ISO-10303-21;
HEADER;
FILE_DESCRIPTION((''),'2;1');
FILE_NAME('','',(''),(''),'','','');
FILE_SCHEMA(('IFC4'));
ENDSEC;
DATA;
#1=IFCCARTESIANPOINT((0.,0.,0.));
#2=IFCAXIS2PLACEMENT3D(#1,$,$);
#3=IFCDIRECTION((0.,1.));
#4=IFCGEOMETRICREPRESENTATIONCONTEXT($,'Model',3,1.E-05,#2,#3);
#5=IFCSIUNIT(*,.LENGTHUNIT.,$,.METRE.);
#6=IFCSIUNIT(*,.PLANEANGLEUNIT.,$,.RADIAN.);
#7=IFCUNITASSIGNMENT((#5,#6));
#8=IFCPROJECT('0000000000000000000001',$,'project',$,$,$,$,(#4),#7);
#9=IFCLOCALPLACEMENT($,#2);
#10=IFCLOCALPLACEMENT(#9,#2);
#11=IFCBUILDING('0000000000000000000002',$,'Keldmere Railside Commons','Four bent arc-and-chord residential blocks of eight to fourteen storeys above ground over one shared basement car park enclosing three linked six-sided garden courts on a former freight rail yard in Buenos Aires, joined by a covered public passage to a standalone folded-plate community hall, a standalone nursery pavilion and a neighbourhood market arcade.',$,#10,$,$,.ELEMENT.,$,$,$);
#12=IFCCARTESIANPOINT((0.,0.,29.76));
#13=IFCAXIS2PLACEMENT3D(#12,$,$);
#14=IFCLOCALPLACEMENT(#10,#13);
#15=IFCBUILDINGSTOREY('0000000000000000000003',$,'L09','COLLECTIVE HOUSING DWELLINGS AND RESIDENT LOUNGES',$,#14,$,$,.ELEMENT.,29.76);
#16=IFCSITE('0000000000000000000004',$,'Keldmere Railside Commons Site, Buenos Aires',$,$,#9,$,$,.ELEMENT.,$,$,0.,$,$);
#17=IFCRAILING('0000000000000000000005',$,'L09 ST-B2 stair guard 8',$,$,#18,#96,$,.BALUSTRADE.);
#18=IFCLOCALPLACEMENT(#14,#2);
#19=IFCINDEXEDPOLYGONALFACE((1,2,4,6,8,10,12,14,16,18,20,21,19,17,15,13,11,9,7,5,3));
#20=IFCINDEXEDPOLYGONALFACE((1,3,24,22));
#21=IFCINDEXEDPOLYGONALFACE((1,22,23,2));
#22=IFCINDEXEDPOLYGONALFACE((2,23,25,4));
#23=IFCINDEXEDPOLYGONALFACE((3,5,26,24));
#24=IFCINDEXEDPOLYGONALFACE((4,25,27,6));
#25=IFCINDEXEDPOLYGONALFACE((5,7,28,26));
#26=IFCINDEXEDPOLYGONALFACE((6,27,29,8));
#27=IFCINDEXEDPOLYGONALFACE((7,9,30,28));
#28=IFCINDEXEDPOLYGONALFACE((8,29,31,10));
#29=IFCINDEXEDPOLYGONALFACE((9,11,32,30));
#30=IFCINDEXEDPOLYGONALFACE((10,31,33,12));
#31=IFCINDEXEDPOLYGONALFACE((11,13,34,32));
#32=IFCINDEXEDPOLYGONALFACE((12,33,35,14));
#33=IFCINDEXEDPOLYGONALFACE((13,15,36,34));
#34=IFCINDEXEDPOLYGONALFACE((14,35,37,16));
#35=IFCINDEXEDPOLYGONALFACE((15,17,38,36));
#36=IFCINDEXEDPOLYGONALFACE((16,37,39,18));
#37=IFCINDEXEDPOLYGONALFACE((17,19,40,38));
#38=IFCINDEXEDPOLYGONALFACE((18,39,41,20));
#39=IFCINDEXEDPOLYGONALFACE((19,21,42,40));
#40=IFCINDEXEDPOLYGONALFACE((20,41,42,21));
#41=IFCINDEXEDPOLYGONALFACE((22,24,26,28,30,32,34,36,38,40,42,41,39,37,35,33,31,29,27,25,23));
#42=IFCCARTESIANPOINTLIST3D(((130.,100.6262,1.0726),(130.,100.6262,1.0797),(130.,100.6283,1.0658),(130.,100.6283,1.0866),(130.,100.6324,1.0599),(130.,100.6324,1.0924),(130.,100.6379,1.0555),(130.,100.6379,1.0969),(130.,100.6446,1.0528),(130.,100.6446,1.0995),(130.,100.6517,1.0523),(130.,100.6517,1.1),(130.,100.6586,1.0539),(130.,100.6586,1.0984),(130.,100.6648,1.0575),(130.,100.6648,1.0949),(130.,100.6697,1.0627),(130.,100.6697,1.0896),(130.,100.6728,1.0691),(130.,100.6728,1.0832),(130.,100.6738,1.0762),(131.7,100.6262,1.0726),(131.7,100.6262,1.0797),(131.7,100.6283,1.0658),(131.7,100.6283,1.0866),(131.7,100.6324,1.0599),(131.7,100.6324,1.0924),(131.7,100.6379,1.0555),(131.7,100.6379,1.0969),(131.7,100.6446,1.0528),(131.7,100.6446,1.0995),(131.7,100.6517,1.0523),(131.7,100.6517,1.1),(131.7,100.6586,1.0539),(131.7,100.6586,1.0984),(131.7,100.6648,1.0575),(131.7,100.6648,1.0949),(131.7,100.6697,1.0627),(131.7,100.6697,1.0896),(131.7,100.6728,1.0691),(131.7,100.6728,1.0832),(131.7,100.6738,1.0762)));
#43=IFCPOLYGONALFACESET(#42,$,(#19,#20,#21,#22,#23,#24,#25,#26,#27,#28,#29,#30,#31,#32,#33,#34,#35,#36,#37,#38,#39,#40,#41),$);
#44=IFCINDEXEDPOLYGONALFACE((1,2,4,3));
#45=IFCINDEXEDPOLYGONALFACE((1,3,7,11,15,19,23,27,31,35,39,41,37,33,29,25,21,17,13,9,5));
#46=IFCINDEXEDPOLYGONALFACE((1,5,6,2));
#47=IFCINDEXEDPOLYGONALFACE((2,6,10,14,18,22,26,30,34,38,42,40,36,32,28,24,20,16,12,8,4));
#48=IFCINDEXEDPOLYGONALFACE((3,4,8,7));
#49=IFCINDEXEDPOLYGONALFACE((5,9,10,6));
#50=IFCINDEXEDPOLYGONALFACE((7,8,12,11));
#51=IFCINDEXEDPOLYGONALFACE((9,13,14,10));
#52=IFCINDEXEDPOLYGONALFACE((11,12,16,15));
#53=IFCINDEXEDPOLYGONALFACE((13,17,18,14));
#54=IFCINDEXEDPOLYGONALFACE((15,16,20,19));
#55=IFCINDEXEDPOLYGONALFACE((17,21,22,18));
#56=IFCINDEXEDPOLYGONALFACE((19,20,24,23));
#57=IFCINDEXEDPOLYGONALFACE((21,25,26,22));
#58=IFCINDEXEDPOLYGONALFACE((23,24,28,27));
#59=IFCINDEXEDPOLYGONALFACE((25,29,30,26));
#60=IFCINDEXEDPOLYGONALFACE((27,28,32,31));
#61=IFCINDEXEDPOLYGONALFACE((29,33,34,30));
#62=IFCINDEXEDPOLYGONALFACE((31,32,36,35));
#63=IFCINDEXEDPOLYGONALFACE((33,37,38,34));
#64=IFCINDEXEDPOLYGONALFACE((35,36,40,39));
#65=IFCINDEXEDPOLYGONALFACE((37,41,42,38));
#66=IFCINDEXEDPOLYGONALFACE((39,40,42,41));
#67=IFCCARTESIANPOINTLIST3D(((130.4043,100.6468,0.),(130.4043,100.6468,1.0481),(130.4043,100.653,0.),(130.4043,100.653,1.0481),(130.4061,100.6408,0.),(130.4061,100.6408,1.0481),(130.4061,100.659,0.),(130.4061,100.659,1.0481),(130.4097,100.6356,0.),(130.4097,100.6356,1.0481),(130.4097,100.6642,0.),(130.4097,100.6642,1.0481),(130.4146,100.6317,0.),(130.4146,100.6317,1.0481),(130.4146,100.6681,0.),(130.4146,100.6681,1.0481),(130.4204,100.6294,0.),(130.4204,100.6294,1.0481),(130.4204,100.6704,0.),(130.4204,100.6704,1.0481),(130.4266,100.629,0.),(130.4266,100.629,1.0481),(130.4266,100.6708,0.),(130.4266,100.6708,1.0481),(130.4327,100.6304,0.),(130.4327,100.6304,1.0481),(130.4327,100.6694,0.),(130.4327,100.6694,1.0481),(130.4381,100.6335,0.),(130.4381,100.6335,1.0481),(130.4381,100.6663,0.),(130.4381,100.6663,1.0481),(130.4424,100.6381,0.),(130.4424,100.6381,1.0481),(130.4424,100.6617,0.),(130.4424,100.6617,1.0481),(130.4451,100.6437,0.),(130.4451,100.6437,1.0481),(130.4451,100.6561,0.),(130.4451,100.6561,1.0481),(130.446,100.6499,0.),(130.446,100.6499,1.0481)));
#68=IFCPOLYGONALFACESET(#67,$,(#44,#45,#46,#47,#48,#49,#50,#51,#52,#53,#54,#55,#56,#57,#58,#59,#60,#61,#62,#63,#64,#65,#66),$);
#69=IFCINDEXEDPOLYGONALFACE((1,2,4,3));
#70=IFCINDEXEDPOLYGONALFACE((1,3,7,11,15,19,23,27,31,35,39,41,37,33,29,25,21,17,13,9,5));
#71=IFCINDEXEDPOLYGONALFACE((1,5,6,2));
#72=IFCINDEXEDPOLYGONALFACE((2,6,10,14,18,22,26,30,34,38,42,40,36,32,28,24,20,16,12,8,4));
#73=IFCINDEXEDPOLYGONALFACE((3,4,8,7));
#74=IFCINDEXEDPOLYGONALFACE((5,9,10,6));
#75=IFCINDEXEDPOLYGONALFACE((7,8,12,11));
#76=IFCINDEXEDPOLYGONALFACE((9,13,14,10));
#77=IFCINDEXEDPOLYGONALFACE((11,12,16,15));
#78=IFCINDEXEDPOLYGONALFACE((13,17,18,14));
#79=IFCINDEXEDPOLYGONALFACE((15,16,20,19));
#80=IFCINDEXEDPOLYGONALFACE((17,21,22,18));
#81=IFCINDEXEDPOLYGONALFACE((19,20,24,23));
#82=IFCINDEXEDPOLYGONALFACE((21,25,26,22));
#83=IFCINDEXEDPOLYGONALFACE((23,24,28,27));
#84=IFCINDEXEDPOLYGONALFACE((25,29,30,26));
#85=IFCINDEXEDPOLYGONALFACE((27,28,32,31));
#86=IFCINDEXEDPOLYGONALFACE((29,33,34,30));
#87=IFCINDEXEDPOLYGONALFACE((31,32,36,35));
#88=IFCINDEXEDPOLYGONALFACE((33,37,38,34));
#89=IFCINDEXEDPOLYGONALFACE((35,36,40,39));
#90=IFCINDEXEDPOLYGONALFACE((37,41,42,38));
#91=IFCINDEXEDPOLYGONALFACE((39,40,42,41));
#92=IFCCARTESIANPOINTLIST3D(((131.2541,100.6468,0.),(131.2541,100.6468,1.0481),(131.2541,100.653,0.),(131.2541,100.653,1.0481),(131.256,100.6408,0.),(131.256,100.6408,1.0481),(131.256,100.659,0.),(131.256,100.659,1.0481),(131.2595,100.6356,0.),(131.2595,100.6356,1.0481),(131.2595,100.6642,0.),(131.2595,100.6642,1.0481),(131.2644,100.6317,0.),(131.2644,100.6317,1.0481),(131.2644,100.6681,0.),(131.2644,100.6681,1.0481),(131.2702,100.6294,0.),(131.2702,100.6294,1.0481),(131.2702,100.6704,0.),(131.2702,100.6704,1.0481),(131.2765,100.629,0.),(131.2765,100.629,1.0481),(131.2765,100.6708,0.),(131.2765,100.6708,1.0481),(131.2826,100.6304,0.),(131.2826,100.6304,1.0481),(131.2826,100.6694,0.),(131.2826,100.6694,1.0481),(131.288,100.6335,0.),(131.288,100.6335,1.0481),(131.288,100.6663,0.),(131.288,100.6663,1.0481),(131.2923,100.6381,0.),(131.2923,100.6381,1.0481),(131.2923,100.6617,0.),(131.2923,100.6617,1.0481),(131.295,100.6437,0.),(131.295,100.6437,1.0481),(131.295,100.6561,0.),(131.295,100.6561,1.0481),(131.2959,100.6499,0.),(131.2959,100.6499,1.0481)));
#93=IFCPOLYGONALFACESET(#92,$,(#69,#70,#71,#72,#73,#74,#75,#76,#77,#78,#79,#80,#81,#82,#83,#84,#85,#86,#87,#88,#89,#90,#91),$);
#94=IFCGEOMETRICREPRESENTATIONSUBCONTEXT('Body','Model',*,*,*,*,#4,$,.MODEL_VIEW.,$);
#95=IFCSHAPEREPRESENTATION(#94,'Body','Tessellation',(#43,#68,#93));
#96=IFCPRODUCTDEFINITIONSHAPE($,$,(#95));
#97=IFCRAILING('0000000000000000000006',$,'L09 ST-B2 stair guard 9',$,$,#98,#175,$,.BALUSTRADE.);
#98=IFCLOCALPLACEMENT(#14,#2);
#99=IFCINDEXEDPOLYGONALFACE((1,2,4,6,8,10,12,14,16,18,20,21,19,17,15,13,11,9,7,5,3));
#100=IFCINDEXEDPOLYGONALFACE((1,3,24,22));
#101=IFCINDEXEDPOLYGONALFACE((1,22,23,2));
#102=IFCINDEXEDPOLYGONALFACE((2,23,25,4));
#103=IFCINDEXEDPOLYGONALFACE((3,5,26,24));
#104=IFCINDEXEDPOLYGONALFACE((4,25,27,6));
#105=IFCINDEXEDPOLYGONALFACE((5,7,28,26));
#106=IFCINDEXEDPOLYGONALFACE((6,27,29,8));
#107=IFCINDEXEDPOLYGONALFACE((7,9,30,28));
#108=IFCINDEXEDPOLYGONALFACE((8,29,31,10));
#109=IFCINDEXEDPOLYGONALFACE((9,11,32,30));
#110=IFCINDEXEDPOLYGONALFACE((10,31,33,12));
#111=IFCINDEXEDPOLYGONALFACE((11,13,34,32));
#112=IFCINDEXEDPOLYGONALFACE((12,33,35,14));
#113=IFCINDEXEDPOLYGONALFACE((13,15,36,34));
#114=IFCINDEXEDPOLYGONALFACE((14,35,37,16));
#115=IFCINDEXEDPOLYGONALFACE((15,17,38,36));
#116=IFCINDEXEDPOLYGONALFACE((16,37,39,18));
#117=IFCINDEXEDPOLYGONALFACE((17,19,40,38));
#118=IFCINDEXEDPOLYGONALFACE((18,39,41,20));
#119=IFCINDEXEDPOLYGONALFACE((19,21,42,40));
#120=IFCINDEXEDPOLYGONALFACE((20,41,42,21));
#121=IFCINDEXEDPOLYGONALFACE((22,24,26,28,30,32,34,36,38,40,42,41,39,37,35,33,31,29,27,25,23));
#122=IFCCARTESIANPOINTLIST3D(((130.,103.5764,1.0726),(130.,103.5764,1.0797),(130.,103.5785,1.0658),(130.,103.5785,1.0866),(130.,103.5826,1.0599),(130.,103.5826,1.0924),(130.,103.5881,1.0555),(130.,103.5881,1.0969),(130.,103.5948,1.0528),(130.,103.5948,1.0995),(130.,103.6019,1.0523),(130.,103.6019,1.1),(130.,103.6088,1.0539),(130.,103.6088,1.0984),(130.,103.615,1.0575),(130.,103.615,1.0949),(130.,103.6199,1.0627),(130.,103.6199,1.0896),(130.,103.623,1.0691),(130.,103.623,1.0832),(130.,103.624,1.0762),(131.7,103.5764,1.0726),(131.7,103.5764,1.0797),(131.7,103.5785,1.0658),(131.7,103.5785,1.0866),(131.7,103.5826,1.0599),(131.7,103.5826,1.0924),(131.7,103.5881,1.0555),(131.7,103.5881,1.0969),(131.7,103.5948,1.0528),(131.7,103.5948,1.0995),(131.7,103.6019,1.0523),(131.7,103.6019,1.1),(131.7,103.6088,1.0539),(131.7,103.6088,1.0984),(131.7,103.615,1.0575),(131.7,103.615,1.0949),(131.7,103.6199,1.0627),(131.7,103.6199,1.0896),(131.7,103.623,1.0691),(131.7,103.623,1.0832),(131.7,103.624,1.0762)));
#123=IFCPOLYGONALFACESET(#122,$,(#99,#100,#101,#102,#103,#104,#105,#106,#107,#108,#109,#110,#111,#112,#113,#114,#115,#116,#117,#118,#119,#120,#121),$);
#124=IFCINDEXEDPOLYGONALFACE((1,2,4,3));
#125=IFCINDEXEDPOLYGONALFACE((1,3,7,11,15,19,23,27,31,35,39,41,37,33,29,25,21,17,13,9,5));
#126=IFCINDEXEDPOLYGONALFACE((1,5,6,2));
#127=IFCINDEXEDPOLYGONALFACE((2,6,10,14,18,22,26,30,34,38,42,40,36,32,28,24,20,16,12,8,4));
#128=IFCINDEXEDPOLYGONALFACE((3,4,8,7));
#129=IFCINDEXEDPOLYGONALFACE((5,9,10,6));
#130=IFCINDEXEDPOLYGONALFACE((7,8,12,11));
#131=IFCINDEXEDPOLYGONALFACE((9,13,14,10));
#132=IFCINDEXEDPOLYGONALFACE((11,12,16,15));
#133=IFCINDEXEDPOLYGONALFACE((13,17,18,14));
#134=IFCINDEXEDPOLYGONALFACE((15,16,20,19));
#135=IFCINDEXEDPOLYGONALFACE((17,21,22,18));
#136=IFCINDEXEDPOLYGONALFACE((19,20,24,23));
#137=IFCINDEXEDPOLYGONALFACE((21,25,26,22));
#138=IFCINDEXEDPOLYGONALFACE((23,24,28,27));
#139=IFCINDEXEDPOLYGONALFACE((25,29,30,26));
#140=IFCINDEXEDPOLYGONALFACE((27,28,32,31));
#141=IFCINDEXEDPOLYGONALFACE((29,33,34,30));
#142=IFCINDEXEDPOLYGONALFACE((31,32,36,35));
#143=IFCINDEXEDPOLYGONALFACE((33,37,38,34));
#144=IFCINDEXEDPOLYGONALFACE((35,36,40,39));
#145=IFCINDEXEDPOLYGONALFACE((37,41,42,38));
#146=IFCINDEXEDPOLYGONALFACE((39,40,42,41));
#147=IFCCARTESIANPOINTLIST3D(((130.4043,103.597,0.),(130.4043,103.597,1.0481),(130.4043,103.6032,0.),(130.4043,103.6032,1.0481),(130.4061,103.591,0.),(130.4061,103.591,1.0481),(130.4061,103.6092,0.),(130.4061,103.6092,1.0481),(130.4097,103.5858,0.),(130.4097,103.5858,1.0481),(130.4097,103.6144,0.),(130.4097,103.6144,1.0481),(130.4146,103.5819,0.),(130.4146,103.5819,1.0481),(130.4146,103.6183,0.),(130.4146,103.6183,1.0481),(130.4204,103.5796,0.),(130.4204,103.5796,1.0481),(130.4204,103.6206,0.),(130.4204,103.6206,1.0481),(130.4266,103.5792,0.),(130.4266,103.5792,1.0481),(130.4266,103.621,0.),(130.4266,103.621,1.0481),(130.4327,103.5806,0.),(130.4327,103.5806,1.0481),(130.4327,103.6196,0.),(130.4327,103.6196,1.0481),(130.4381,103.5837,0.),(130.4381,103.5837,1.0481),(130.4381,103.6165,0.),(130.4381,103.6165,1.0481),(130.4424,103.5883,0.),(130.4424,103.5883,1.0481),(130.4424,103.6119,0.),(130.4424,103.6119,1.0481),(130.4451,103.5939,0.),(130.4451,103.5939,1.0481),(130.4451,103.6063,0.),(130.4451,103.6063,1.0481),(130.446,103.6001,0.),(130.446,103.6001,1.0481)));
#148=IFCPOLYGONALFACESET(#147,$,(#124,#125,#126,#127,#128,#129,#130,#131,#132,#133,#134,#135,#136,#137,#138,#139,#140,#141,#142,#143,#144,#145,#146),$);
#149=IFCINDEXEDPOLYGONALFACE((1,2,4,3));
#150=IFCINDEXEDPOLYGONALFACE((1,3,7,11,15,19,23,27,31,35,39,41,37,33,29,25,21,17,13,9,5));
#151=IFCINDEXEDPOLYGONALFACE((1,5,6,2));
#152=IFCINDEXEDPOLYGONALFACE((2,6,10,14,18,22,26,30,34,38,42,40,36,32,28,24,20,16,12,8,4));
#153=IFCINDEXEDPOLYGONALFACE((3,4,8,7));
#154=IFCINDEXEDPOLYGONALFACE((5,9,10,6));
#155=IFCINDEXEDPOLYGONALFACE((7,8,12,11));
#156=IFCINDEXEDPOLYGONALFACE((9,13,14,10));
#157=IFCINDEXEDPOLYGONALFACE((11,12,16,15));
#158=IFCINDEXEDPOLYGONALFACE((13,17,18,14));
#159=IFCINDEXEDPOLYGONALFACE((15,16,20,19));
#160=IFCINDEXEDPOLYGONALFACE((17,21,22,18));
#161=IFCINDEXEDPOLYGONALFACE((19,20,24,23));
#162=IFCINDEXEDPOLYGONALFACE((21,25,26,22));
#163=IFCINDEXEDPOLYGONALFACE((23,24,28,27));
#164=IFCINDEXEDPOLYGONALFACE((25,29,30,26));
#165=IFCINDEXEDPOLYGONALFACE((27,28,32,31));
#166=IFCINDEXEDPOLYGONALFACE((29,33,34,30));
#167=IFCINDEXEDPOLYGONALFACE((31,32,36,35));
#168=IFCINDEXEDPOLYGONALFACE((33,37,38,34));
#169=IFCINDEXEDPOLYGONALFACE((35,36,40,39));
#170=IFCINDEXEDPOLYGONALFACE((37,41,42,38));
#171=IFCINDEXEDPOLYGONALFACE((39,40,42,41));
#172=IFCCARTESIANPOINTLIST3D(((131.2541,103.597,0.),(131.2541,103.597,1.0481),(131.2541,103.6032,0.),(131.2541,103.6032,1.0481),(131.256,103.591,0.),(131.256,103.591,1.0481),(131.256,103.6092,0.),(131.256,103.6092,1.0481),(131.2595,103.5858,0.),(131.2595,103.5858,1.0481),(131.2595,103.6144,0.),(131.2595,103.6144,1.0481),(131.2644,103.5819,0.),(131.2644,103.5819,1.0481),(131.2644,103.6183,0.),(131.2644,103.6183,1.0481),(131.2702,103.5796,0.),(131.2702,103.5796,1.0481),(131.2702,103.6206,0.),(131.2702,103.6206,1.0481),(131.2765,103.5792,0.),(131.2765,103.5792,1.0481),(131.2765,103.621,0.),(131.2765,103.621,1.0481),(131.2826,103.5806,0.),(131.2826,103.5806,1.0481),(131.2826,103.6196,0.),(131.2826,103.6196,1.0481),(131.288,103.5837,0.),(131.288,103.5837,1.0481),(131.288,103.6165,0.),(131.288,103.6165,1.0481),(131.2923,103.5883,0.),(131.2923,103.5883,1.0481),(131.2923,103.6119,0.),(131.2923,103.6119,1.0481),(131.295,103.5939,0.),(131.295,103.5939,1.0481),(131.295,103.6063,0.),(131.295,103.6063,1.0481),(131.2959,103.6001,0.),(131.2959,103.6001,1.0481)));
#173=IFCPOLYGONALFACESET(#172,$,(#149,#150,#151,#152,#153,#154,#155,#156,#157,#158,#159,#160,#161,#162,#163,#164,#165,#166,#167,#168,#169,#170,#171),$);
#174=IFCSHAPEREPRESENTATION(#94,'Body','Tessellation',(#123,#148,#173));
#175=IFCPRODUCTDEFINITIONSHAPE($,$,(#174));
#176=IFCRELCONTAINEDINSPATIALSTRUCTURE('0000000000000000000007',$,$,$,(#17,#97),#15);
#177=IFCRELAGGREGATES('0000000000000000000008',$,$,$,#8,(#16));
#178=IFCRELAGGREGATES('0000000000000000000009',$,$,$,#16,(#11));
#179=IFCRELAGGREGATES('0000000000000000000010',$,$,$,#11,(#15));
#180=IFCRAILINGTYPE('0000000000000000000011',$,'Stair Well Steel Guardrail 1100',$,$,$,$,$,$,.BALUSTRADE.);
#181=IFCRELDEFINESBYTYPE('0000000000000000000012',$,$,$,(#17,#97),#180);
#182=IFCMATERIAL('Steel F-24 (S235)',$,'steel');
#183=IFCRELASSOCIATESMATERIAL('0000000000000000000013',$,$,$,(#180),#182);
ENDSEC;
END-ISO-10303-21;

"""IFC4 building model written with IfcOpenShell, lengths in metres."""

from ifc_helpers import new_model, si_unit, direction, frame, origin, origin_2d, place, context, subcontext, project, spatial, circle, extrude, material, type_object, element, save


model = new_model("IFC4")

# Units and contexts
model_context = context("Model", 3, precision=1e-05, world=origin(), true_north=direction((0.0, 1.0)))
body_context = subcontext(model_context, "Body", "Model", "MODEL_VIEW")
ifc_project = project(units=[si_unit("LENGTHUNIT", "METRE"), si_unit("PLANEANGLEUNIT", "RADIAN")], contexts=[model_context])

# Site, building, storey
site_placement = place(None, origin())
site = spatial("IfcSite", under=ifc_project, at=site_placement, Name="Keldmere Railside Commons Site, Buenos Aires", CompositionType="ELEMENT", RefElevation=0.0)
building_placement = place(site_placement, origin())
building = spatial("IfcBuilding", under=site, at=building_placement, Name="Keldmere Railside Commons", Description="Four bent arc-and-chord residential blocks of eight to fourteen storeys above ground over one shared basement car park enclosing three linked six-sided garden courts on a former freight rail yard in Buenos Aires, joined by a covered public passage to a standalone folded-plate community hall, a standalone nursery pavilion and a neighbourhood market arcade.", CompositionType="ELEMENT")
storey_placement = place(building_placement, frame((0.0, 0.0, 29.76)))
storey = spatial("IfcBuildingStorey", under=building, at=storey_placement, Name="L09", Description="COLLECTIVE HOUSING DWELLINGS AND RESIDENT LOUNGES", CompositionType="ELEMENT", Elevation=29.76)

# Railings
ifc_material_1 = material(Name="Steel F-24 (S235)", Category="steel")
railing_type_1 = type_object("IfcRailingType", Name="Stair Well Steel Guardrail 1100", PredefinedType="BALUSTRADE", material=ifc_material_1)
for number, where, name in (
    (1, (130.0, 100.6499, 0.0), "L09 ST-B2 stair guard 8"),
    (2, (130.0, 103.6001, 0.0), "L09 ST-B2 stair guard 9"),
):
    element("IfcRailing", number, at=place(storey_placement, frame(where)), inside=storey, type_object=railing_type_1, Name=name, PredefinedType="BALUSTRADE", context=body_context, shape_type="SweptSolid", body=[
        extrude(circle(Radius=0.0239, at=origin_2d()), frame((0.0, 0.0, 1.0762), z_axis=(1.0, 0.0, 0.0), x_axis=(0.0, 1.0, 0.0)), (0.0, 0.0, 1.0), 1.7),
        extrude(circle(Radius=0.021, at=origin_2d()), frame((0.425, 0.0, 0.0)), (0.0, 0.0, 1.0), 1.0481),
        extrude(circle(Radius=0.021, at=origin_2d()), frame((1.2749, 0.0, 0.0)), (0.0, 0.0, 1.0), 1.0481),
    ])

save(model, "model.ifc")
